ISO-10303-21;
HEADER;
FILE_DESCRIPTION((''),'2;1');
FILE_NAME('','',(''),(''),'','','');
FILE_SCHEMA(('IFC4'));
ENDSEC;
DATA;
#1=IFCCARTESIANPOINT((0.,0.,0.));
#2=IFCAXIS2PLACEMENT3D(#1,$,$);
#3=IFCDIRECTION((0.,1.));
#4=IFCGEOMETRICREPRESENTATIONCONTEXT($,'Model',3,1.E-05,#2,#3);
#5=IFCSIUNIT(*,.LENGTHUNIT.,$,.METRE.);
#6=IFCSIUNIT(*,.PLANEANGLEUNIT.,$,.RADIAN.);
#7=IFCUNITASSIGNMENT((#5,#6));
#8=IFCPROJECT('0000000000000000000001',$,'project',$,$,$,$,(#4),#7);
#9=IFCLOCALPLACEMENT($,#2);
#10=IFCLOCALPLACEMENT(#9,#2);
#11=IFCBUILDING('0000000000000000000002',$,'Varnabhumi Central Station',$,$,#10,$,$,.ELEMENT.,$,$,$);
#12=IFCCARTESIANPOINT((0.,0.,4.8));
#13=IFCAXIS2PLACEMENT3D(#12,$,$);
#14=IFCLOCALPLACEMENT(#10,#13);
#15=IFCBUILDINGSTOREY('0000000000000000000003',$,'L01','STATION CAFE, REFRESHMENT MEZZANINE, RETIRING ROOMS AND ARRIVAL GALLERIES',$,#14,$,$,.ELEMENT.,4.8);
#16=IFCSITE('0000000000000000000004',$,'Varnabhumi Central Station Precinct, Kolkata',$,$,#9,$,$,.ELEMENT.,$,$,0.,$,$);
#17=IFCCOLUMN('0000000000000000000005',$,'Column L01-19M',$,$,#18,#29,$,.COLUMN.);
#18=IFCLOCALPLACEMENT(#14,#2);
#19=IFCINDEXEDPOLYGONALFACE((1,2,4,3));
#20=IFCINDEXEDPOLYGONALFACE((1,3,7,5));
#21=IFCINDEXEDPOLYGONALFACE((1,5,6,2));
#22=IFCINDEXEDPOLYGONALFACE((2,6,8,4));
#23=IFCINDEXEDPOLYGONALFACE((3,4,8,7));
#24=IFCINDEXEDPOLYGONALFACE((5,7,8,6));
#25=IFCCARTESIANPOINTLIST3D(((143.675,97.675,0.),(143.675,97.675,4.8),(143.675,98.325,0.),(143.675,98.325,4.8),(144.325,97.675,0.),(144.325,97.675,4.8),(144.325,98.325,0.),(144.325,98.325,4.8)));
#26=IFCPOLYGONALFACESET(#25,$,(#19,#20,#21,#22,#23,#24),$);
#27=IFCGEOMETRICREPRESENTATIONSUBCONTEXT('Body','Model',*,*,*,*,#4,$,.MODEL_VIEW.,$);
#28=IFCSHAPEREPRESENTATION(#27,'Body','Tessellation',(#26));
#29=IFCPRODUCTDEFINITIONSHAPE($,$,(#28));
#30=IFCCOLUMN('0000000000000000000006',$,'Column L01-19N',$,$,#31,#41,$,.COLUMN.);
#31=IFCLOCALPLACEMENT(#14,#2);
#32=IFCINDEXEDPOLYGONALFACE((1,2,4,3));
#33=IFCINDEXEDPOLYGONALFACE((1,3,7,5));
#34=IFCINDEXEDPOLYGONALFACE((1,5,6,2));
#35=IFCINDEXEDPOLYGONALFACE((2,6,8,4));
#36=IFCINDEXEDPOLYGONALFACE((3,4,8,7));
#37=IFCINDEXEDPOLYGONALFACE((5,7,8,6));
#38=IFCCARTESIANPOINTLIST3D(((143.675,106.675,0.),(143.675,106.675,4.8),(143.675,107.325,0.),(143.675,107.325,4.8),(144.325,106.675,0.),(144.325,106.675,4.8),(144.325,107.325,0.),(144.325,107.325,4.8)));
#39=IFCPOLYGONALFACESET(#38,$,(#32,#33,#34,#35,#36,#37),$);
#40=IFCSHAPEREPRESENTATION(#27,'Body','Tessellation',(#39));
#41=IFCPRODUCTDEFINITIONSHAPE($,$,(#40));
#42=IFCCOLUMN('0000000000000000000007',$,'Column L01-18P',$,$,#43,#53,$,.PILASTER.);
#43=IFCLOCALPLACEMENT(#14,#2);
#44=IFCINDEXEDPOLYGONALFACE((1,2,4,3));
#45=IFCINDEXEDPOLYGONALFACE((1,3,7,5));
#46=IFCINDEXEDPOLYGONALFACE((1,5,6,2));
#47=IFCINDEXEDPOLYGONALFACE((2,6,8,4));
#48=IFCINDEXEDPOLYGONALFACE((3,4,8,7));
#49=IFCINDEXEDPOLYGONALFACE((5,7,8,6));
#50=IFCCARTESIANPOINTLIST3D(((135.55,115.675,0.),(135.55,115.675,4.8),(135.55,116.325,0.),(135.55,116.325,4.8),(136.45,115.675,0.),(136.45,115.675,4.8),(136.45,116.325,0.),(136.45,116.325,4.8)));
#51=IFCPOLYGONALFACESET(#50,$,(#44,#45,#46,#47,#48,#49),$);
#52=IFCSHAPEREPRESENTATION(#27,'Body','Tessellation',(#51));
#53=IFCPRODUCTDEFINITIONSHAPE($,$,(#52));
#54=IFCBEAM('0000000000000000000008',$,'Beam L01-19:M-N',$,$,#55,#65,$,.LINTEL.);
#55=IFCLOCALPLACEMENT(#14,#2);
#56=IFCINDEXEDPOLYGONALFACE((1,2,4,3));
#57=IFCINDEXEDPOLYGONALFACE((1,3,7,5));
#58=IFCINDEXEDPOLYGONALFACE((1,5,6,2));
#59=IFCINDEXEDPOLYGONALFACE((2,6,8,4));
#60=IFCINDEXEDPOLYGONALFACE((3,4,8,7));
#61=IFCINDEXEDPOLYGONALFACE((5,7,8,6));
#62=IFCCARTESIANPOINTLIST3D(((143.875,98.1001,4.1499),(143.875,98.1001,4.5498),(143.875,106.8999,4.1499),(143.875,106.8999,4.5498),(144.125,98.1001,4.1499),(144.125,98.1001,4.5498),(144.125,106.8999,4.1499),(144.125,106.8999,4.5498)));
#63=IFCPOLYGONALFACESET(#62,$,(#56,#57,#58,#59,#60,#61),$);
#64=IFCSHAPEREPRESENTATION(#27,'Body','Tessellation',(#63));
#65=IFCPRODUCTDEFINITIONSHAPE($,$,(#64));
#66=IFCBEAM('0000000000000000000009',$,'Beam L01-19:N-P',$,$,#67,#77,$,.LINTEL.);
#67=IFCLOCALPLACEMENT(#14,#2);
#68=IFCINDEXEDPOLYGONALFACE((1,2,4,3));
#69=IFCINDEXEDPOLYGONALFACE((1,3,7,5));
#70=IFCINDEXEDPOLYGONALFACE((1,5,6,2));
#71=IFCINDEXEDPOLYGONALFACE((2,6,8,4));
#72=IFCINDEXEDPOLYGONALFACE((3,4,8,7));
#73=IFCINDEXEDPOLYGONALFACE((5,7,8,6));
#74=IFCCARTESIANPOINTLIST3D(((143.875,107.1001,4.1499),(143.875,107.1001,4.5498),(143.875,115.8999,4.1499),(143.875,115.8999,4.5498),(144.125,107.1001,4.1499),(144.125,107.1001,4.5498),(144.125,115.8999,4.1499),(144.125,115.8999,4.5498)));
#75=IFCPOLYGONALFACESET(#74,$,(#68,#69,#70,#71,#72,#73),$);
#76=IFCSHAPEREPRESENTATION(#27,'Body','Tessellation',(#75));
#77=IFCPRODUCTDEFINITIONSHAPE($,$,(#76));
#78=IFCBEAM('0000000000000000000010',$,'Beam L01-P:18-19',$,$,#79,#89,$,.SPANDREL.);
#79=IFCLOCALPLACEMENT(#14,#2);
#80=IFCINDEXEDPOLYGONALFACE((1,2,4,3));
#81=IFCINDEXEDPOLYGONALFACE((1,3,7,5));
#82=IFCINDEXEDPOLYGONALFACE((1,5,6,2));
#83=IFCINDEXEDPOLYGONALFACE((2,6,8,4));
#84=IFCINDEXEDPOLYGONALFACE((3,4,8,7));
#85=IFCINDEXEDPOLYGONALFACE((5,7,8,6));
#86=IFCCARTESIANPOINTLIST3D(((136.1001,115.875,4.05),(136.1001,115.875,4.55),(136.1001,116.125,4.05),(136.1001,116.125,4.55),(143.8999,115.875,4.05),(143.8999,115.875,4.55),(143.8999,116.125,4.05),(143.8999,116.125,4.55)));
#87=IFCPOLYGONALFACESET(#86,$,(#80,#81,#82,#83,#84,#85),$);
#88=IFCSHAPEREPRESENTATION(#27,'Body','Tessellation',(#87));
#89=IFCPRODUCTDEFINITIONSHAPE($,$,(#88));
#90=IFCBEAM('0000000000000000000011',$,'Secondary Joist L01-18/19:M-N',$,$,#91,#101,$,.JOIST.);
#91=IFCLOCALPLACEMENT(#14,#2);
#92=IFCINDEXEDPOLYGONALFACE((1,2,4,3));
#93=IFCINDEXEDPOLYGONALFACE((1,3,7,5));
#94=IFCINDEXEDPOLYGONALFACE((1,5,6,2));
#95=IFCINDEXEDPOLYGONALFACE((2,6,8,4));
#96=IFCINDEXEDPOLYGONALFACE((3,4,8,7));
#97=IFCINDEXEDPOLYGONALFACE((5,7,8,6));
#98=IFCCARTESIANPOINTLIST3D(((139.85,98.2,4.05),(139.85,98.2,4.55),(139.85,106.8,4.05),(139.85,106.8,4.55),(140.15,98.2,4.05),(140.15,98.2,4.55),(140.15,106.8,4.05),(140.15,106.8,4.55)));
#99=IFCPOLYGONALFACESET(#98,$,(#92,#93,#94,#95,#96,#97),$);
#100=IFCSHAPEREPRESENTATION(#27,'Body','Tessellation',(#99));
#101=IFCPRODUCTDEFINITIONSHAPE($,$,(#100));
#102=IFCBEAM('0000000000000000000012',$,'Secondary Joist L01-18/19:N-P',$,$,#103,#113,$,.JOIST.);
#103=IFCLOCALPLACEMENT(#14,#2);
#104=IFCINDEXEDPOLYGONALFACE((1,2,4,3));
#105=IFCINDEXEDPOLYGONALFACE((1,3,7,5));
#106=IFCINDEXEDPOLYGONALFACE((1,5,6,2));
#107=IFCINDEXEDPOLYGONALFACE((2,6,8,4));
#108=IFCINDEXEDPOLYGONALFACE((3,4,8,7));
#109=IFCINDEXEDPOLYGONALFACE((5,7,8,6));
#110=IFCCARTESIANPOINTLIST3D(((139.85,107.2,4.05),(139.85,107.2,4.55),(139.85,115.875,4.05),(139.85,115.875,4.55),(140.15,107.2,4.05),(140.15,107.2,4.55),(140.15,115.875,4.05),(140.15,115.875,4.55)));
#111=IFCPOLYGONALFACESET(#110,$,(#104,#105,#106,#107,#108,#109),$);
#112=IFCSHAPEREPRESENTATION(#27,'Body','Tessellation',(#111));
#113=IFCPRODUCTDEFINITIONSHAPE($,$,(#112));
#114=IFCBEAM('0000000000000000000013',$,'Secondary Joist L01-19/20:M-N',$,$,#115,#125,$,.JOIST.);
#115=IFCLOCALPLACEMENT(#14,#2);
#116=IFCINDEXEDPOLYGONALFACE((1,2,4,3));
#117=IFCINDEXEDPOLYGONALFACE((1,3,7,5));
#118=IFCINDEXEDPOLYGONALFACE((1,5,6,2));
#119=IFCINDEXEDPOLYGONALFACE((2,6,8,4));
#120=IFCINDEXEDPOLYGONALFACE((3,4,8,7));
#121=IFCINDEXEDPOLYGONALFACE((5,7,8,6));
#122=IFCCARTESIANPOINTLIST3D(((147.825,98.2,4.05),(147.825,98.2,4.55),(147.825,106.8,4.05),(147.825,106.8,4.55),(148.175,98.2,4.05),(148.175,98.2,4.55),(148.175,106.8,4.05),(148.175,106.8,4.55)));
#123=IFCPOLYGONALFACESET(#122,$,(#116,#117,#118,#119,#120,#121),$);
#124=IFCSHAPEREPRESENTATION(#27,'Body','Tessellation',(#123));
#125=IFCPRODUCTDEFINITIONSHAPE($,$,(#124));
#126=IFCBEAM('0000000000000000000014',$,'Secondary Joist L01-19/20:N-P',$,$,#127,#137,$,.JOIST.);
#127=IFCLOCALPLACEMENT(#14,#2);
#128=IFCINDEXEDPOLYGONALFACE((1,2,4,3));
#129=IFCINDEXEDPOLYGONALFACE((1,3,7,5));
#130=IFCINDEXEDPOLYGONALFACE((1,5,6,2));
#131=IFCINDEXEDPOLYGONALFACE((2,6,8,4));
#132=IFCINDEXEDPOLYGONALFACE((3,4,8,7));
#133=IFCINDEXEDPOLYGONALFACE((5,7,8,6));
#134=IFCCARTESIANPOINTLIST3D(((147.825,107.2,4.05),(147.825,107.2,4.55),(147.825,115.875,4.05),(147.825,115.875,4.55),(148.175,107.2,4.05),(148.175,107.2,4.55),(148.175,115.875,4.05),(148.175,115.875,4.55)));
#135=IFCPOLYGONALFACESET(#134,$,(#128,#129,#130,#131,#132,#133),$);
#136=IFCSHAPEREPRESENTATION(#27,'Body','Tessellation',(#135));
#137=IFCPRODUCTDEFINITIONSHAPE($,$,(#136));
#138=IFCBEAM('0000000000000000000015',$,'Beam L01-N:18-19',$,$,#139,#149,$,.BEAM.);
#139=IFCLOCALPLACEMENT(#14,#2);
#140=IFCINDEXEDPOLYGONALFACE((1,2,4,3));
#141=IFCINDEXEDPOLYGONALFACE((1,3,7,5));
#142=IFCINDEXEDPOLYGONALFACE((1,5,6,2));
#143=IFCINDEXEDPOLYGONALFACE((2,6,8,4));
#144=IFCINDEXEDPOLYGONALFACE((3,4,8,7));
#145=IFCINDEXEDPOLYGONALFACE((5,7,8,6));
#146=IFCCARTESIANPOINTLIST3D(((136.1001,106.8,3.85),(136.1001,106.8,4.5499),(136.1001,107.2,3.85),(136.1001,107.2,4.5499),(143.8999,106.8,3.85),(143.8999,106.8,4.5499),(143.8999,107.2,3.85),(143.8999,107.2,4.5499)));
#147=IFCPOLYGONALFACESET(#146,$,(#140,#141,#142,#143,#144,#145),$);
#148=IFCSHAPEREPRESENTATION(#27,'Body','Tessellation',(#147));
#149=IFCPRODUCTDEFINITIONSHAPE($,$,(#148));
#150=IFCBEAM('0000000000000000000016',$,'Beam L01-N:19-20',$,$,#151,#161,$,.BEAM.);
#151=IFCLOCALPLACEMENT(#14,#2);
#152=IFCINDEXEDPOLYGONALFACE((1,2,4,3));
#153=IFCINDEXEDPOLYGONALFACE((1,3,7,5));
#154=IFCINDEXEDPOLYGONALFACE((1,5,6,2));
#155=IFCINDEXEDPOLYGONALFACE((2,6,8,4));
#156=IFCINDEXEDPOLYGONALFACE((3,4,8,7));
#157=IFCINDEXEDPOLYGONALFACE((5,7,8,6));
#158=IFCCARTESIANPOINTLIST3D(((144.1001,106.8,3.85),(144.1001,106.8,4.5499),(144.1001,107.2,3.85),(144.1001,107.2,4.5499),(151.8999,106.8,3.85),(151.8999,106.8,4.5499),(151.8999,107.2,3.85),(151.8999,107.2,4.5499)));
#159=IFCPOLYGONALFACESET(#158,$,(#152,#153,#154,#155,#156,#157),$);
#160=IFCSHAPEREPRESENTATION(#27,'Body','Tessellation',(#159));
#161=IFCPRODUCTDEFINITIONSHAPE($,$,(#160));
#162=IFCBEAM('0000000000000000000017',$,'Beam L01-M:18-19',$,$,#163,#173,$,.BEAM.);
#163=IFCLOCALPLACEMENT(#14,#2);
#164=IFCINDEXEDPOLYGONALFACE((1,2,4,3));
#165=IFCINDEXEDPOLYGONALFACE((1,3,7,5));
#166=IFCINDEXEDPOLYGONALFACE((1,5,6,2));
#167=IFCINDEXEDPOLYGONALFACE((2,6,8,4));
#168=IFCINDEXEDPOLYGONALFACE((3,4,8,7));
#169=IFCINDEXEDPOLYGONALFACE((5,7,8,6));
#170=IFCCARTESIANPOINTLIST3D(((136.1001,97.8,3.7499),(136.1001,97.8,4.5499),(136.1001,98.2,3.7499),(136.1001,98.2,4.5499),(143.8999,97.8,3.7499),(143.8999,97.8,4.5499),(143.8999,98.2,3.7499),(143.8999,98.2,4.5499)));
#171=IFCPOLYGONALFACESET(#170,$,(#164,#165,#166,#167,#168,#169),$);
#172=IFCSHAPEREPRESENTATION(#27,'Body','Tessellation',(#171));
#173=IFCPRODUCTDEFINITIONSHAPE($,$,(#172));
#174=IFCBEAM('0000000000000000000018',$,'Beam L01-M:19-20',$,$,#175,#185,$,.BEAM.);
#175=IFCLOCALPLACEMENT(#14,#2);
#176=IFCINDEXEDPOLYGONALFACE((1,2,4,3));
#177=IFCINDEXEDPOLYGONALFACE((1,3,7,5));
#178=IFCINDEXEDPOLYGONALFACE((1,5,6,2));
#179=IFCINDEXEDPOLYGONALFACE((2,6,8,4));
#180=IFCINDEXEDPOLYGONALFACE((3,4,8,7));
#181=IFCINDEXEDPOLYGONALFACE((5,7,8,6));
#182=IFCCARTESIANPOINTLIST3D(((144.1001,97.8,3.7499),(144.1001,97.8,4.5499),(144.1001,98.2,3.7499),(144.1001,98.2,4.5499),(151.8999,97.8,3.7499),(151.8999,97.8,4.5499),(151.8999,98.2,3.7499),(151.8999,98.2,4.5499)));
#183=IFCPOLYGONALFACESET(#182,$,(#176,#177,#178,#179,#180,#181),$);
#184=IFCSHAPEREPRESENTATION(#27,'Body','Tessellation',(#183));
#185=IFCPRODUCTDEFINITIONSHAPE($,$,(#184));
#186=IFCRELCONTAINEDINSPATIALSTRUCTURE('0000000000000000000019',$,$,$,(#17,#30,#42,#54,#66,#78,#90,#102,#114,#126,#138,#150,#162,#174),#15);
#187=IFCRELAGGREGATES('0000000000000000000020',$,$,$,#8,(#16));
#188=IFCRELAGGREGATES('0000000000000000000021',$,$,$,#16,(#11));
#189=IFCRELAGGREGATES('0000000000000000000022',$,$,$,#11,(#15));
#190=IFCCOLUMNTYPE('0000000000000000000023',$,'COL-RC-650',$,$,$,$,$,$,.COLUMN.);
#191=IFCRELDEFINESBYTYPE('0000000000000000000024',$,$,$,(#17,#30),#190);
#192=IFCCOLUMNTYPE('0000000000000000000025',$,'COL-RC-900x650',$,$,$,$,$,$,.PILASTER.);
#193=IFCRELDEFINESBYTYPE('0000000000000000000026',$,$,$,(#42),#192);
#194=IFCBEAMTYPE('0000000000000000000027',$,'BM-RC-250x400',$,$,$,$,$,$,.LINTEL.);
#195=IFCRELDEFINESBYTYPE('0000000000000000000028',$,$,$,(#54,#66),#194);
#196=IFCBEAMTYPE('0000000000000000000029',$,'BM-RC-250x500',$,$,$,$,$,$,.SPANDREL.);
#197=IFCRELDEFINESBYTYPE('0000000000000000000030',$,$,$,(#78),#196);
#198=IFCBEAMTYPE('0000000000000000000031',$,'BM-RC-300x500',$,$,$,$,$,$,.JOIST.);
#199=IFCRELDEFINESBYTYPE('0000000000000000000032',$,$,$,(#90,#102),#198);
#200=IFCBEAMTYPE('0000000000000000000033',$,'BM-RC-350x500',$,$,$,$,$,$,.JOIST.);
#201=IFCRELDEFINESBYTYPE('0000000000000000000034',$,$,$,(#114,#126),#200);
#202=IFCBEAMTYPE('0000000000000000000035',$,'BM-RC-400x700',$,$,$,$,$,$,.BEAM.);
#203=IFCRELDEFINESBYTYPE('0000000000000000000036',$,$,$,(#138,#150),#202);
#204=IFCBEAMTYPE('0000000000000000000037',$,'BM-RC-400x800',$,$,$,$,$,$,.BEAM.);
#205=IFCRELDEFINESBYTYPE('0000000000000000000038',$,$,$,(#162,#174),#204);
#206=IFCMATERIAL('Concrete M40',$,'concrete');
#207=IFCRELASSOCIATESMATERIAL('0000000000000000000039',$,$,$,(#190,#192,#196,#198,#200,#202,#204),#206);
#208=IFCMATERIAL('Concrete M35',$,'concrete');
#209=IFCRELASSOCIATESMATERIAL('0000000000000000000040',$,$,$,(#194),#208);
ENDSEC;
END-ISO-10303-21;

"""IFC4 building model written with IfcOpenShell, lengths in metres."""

from ifc_helpers import new_model, si_unit, direction, frame, origin, origin_2d, place, context, subcontext, project, spatial, rectangle, extrude, material, material_profile, profile_set, type_object, element, save


model = new_model("IFC4")

# Units and contexts
model_context = context("Model", 3, precision=1e-05, world=origin(), true_north=direction((0.0, 1.0)))
body_context = subcontext(model_context, "Body", "Model", "MODEL_VIEW")
ifc_project = project(units=[si_unit("LENGTHUNIT", "METRE"), si_unit("PLANEANGLEUNIT", "RADIAN")], contexts=[model_context])

# Site, building, storey
site_placement = place(None, origin())
site = spatial("IfcSite", under=ifc_project, at=site_placement, Name="Varnabhumi Central Station Precinct, Kolkata", CompositionType="ELEMENT", RefElevation=0.0)
building_placement = place(site_placement, origin())
building = spatial("IfcBuilding", under=site, at=building_placement, Name="Varnabhumi Central Station", CompositionType="ELEMENT")
storey_placement = place(building_placement, frame((0.0, 0.0, 4.8)))
storey = spatial("IfcBuildingStorey", under=building, at=storey_placement, Name="L01", Description="STATION CAFE, REFRESHMENT MEZZANINE, RETIRING ROOMS AND ARRIVAL GALLERIES", CompositionType="ELEMENT", Elevation=4.8)

# Columns
ifc_material_1 = material(Name="Concrete M40", Category="concrete")
ifc_material_profile_1 = material_profile(ifc_material_1, rectangle(XDim=0.6499, YDim=0.6499, at=origin_2d()), Name="Concrete M40", Category="concrete")
ifc_profile_set_1 = profile_set([ifc_material_profile_1], Name="Concrete M40")
column_type_1 = type_object("IfcColumnType", Name="COL-RC-650", PredefinedType="COLUMN", material=ifc_profile_set_1)
for number, where, z_axis, x_axis, name in (
    (1, (144.0, 98.0, 0.0), (0.0, 0.0, 1.0), (1.0, 0.0, 0.0), "Column L01-19M"),
    (2, (144.0, 107.0, 0.0), (0.0, 0.0, 1.0), (1.0, 0.0, 0.0), "Column L01-19N"),
):
    element("IfcColumn", number, at=place(storey_placement, frame(where, z_axis=z_axis, x_axis=x_axis)), inside=storey, type_object=column_type_1, Name=name, PredefinedType="COLUMN", context=body_context, shape_type="SweptSolid", body=[
        extrude(rectangle(XDim=0.6499, YDim=0.6499, at=origin_2d()), origin(), (0.0, 0.0, 1.0), 4.8),
    ])
ifc_material_profile_2 = material_profile(ifc_material_1, rectangle(XDim=0.8999, YDim=0.6499, at=origin_2d()), Name="Concrete M40", Category="concrete")
ifc_profile_set_2 = profile_set([ifc_material_profile_2], Name="Concrete M40")
column_type_2 = type_object("IfcColumnType", Name="COL-RC-900x650", PredefinedType="PILASTER", material=ifc_profile_set_2)
column_placement = place(storey_placement, frame((136.0, 116.0, 0.0), z_axis=(0.0, 0.0, 1.0), x_axis=(1.0, 0.0, 0.0)))
element("IfcColumn", 3, at=column_placement, inside=storey, type_object=column_type_2, Name="Column L01-18P", PredefinedType="PILASTER", context=body_context, shape_type="SweptSolid", body=[
    extrude(rectangle(XDim=0.8999, YDim=0.6499, at=origin_2d()), origin(), (0.0, 0.0, 1.0), 4.8),
])

# Beams
ifc_material_2 = material(Name="Concrete M35", Category="concrete")
ifc_material_profile_3 = material_profile(ifc_material_2, rectangle(XDim=0.25, YDim=0.3999, at=origin_2d()), Name="Concrete M35", Category="concrete")
ifc_profile_set_3 = profile_set([ifc_material_profile_3], Name="Concrete M35")
beam_type_1 = type_object("IfcBeamType", Name="BM-RC-250x400", PredefinedType="LINTEL", material=ifc_profile_set_3)
for number, where, z_axis, x_axis, name in (
    (4, (144.0, 98.1001, 4.3499), (0.0, 1.0, 0.0), (-1.0, 0.0, 0.0), "Beam L01-19:M-N"),
    (5, (144.0, 107.1001, 4.3499), (0.0, 1.0, 0.0), (-1.0, 0.0, 0.0), "Beam L01-19:N-P"),
):
    element("IfcBeam", number, at=place(storey_placement, frame(where, z_axis=z_axis, x_axis=x_axis)), inside=storey, type_object=beam_type_1, Name=name, PredefinedType="LINTEL", context=body_context, shape_type="SweptSolid", body=[
        extrude(rectangle(XDim=0.25, YDim=0.3999, at=origin_2d()), origin(), (0.0, 0.0, 1.0), 8.7998),
    ])
ifc_material_profile_4 = material_profile(ifc_material_1, rectangle(XDim=0.25, YDim=0.5, at=origin_2d()), Name="Concrete M40", Category="concrete")
ifc_profile_set_4 = profile_set([ifc_material_profile_4], Name="Concrete M40")
beam_type_2 = type_object("IfcBeamType", Name="BM-RC-250x500", PredefinedType="SPANDREL", material=ifc_profile_set_4)
beam_1_placement = place(storey_placement, frame((136.1001, 116.0, 4.3), z_axis=(1.0, 0.0, 0.0), x_axis=(0.0, 1.0, 0.0)))
element("IfcBeam", 6, at=beam_1_placement, inside=storey, type_object=beam_type_2, Name="Beam L01-P:18-19", PredefinedType="SPANDREL", context=body_context, shape_type="SweptSolid", body=[
    extrude(rectangle(XDim=0.25, YDim=0.5, at=origin_2d()), origin(), (0.0, 0.0, 1.0), 7.7998),
])
ifc_material_profile_5 = material_profile(ifc_material_1, rectangle(XDim=0.3, YDim=0.5, at=origin_2d()), Name="Concrete M40", Category="concrete")
ifc_profile_set_5 = profile_set([ifc_material_profile_5], Name="Concrete M40")
beam_type_3 = type_object("IfcBeamType", Name="BM-RC-300x500", PredefinedType="JOIST", material=ifc_profile_set_5)
beam_2_placement = place(storey_placement, frame((140.0, 98.2, 4.3), z_axis=(0.0, 1.0, 0.0), x_axis=(-1.0, 0.0, 0.0)))
element("IfcBeam", 7, at=beam_2_placement, inside=storey, type_object=beam_type_3, Name="Secondary Joist L01-18/19:M-N", PredefinedType="JOIST", context=body_context, shape_type="SweptSolid", body=[
    extrude(rectangle(XDim=0.3, YDim=0.5, at=origin_2d()), origin(), (0.0, 0.0, 1.0), 8.6001),
])
beam_3_placement = place(storey_placement, frame((140.0, 107.2, 4.3), z_axis=(0.0, 1.0, 0.0), x_axis=(-1.0, 0.0, 0.0)))
element("IfcBeam", 8, at=beam_3_placement, inside=storey, type_object=beam_type_3, Name="Secondary Joist L01-18/19:N-P", PredefinedType="JOIST", context=body_context, shape_type="SweptSolid", body=[
    extrude(rectangle(XDim=0.3, YDim=0.5, at=origin_2d()), origin(), (0.0, 0.0, 1.0), 8.675),
])
ifc_material_profile_6 = material_profile(ifc_material_1, rectangle(XDim=0.3501, YDim=0.5, at=origin_2d()), Name="Concrete M40", Category="concrete")
ifc_profile_set_6 = profile_set([ifc_material_profile_6], Name="Concrete M40")
beam_type_4 = type_object("IfcBeamType", Name="BM-RC-350x500", PredefinedType="JOIST", material=ifc_profile_set_6)
beam_4_placement = place(storey_placement, frame((148.0, 98.2, 4.3), z_axis=(0.0, 1.0, 0.0), x_axis=(-1.0, 0.0, 0.0)))
element("IfcBeam", 9, at=beam_4_placement, inside=storey, type_object=beam_type_4, Name="Secondary Joist L01-19/20:M-N", PredefinedType="JOIST", context=body_context, shape_type="SweptSolid", body=[
    extrude(rectangle(XDim=0.3501, YDim=0.5, at=origin_2d()), origin(), (0.0, 0.0, 1.0), 8.6001),
])
beam_5_placement = place(storey_placement, frame((148.0, 107.2, 4.3), z_axis=(0.0, 1.0, 0.0), x_axis=(-1.0, 0.0, 0.0)))
element("IfcBeam", 10, at=beam_5_placement, inside=storey, type_object=beam_type_4, Name="Secondary Joist L01-19/20:N-P", PredefinedType="JOIST", context=body_context, shape_type="SweptSolid", body=[
    extrude(rectangle(XDim=0.3501, YDim=0.5, at=origin_2d()), origin(), (0.0, 0.0, 1.0), 8.675),
])
ifc_material_profile_7 = material_profile(ifc_material_1, rectangle(XDim=0.3999, YDim=0.7, at=origin_2d()), Name="Concrete M40", Category="concrete")
ifc_profile_set_7 = profile_set([ifc_material_profile_7], Name="Concrete M40")
beam_type_5 = type_object("IfcBeamType", Name="BM-RC-400x700", PredefinedType="BEAM", material=ifc_profile_set_7)
for number, where, z_axis, x_axis, name in (
    (11, (136.1001, 107.0, 4.2), (1.0, 0.0, 0.0), (0.0, 1.0, 0.0), "Beam L01-N:18-19"),
    (12, (144.1001, 107.0, 4.2), (1.0, 0.0, 0.0), (0.0, 1.0, 0.0), "Beam L01-N:19-20"),
):
    element("IfcBeam", number, at=place(storey_placement, frame(where, z_axis=z_axis, x_axis=x_axis)), inside=storey, type_object=beam_type_5, Name=name, PredefinedType="BEAM", context=body_context, shape_type="SweptSolid", body=[
        extrude(rectangle(XDim=0.3999, YDim=0.7, at=origin_2d()), origin(), (0.0, 0.0, 1.0), 7.7998),
    ])
ifc_material_profile_8 = material_profile(ifc_material_1, rectangle(XDim=0.3999, YDim=0.8, at=origin_2d()), Name="Concrete M40", Category="concrete")
ifc_profile_set_8 = profile_set([ifc_material_profile_8], Name="Concrete M40")
beam_type_6 = type_object("IfcBeamType", Name="BM-RC-400x800", PredefinedType="BEAM", material=ifc_profile_set_8)
for number, where, z_axis, x_axis, name in (
    (13, (136.1001, 98.0, 4.1499), (1.0, 0.0, 0.0), (0.0, 1.0, 0.0), "Beam L01-M:18-19"),
    (14, (144.1001, 98.0, 4.1499), (1.0, 0.0, 0.0), (0.0, 1.0, 0.0), "Beam L01-M:19-20"),
):
    element("IfcBeam", number, at=place(storey_placement, frame(where, z_axis=z_axis, x_axis=x_axis)), inside=storey, type_object=beam_type_6, Name=name, PredefinedType="BEAM", context=body_context, shape_type="SweptSolid", body=[
        extrude(rectangle(XDim=0.3999, YDim=0.8, at=origin_2d()), origin(), (0.0, 0.0, 1.0), 7.7998),
    ])

save(model, "model.ifc")
